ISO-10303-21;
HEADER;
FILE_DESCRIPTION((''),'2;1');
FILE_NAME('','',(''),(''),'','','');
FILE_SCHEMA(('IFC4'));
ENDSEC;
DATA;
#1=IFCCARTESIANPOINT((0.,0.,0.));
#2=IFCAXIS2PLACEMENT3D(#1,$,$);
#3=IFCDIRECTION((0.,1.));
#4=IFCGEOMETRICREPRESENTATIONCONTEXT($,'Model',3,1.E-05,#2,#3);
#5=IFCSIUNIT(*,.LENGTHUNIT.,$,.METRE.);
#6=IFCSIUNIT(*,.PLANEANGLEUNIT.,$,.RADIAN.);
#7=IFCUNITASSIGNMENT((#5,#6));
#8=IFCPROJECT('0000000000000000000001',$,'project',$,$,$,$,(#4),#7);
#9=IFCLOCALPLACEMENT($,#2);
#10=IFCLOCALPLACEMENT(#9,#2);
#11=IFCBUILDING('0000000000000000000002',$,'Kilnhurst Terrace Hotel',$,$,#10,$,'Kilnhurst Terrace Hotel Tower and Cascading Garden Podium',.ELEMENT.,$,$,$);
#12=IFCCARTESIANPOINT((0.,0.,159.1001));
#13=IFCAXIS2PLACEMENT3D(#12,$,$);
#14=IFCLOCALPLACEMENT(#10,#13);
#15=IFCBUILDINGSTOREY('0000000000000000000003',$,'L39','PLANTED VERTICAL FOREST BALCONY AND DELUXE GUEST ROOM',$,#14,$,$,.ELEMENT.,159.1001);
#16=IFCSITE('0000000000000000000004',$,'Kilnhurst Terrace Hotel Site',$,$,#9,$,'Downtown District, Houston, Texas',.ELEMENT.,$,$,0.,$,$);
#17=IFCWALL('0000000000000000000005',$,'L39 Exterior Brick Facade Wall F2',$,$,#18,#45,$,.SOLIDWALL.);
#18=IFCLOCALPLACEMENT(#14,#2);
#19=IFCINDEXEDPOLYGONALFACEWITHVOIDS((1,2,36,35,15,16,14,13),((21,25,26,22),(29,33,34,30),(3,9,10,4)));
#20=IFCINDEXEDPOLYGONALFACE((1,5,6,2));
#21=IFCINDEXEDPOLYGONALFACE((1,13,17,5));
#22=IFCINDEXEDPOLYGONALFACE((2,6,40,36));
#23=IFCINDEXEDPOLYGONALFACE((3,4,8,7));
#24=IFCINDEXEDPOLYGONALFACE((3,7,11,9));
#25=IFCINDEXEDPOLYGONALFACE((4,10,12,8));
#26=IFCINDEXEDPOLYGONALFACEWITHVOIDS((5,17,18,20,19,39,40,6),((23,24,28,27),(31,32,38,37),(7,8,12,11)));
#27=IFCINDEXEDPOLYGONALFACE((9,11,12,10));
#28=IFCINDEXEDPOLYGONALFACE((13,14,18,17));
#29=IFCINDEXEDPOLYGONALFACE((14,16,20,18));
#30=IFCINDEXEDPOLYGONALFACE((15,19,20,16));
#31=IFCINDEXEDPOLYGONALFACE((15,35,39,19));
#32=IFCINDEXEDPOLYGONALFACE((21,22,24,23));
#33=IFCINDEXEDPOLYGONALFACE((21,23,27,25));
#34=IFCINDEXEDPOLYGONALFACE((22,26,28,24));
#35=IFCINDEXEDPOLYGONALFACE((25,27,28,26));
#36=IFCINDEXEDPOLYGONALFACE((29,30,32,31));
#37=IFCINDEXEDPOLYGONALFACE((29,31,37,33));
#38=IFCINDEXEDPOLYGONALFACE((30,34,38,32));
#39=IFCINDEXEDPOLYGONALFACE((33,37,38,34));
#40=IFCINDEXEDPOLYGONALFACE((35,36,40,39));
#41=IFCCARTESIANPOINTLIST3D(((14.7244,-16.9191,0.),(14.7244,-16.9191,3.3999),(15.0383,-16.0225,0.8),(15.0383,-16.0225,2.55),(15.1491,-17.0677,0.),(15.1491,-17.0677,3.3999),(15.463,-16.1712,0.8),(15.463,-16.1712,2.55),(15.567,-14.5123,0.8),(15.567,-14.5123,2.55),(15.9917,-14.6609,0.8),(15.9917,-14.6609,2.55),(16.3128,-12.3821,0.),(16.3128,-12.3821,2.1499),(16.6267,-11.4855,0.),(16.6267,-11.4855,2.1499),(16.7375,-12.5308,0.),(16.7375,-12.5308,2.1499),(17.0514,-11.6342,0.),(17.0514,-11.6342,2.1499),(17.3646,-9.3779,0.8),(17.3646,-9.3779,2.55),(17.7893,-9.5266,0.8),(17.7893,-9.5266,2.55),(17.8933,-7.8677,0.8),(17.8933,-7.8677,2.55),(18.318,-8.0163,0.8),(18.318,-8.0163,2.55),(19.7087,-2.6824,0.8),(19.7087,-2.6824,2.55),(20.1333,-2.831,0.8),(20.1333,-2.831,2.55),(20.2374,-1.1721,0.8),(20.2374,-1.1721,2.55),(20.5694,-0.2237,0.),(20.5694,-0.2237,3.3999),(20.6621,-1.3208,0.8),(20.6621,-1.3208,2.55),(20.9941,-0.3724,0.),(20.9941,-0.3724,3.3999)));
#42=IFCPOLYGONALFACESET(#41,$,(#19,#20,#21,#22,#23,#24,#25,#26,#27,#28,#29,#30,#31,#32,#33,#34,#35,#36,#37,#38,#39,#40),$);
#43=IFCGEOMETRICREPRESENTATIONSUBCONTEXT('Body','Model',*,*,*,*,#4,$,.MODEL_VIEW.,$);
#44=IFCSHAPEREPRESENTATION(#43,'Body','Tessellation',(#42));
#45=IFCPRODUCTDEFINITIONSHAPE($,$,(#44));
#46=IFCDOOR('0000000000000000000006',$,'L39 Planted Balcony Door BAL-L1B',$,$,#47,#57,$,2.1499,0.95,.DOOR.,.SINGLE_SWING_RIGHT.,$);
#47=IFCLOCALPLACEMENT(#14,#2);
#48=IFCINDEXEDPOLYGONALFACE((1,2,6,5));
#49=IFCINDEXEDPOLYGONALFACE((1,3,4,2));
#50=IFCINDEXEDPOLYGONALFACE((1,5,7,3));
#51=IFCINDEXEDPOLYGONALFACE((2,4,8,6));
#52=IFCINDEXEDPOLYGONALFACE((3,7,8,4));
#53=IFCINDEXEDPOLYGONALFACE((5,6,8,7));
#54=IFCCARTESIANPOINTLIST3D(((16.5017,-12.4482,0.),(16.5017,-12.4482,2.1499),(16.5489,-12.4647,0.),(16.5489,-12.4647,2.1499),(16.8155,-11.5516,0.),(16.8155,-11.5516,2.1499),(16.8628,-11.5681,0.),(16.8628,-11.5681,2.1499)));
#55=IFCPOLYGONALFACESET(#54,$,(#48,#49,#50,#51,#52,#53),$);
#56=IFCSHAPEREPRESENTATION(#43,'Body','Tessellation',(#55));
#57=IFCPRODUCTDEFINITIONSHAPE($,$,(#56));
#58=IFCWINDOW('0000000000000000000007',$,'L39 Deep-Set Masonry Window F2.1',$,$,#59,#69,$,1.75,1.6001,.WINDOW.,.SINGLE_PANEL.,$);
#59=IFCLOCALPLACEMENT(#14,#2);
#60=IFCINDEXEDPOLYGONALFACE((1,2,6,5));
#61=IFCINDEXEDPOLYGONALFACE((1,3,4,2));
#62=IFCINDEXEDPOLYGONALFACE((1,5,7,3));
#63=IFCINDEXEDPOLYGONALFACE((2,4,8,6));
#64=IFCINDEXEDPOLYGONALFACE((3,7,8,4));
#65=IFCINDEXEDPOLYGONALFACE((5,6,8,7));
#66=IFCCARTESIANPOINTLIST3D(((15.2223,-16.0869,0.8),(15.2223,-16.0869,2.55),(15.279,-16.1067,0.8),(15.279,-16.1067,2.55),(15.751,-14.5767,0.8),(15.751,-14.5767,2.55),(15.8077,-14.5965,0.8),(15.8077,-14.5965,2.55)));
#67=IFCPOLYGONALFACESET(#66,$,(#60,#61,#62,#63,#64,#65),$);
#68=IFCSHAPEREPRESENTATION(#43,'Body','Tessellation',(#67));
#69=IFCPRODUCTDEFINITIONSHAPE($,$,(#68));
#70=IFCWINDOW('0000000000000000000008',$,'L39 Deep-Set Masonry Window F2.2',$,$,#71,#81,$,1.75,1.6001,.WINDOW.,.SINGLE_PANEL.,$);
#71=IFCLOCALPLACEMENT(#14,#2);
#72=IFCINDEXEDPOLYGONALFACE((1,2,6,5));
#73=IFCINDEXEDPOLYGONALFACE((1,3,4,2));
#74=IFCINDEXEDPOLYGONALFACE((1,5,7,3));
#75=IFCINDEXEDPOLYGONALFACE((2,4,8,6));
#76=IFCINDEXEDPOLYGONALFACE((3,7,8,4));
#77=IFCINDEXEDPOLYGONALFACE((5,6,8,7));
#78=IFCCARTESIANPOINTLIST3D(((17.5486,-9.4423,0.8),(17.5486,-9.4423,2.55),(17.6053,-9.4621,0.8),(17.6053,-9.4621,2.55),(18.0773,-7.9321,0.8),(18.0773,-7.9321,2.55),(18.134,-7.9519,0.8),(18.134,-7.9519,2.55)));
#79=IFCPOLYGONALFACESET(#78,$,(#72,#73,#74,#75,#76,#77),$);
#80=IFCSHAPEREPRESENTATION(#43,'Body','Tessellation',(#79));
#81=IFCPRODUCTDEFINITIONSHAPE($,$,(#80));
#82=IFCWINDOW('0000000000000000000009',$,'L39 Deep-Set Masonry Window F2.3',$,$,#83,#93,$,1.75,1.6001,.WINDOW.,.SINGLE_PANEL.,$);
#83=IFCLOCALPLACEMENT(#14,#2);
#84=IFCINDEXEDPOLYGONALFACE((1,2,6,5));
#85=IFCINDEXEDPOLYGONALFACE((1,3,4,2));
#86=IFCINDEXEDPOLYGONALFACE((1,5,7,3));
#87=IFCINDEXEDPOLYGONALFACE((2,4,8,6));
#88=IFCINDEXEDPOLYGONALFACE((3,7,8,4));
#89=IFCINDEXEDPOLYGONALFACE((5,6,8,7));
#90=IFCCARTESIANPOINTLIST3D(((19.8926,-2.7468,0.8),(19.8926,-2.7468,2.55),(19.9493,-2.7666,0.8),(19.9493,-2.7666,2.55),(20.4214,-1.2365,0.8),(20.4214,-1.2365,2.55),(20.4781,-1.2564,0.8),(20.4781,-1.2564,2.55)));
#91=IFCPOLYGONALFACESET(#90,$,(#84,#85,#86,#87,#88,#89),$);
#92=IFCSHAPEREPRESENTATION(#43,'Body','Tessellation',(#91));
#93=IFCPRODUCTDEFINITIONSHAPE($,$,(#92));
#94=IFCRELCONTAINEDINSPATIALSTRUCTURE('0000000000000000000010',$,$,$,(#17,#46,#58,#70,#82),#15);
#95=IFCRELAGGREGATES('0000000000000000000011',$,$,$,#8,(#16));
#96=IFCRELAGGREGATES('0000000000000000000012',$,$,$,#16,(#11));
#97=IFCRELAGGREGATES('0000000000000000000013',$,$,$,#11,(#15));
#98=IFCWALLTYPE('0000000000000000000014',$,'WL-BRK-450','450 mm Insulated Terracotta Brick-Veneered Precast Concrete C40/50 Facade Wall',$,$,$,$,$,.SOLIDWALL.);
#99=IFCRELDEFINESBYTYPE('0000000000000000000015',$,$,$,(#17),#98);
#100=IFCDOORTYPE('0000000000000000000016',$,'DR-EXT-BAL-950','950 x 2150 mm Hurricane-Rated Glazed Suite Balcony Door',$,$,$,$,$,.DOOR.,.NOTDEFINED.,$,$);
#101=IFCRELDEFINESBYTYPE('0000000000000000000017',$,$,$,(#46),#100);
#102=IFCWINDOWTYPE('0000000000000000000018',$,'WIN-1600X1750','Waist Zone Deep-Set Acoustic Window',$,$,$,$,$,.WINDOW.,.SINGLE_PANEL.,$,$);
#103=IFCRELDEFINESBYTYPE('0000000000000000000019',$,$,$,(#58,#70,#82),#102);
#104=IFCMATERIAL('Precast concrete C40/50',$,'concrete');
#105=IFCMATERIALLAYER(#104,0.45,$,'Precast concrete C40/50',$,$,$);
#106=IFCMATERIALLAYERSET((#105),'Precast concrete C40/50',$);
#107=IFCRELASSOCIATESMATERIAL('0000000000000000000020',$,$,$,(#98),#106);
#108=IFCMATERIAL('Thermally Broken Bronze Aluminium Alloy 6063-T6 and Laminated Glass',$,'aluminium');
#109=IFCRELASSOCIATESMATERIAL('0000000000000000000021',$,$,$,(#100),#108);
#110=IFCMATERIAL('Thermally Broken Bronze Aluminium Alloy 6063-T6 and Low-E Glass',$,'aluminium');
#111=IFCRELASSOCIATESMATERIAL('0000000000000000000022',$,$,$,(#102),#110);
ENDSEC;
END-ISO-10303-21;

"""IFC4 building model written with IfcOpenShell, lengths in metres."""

from ifc_helpers import new_model, si_unit, direction, frame, frame_2d, origin, place, context, subcontext, project, spatial, rectangle, extrude, material, layer, layer_set, type_object, element, fill, save


model = new_model("IFC4")

# Units and contexts
model_context = context("Model", 3, precision=1e-05, world=origin(), true_north=direction((0.0, 1.0)))
body_context = subcontext(model_context, "Body", "Model", "MODEL_VIEW")
ifc_project = project(units=[si_unit("LENGTHUNIT", "METRE"), si_unit("PLANEANGLEUNIT", "RADIAN")], contexts=[model_context])

# Site, building, storey
site_placement = place(None, origin())
site = spatial("IfcSite", under=ifc_project, at=site_placement, Name="Kilnhurst Terrace Hotel Site", LongName="Downtown District, Houston, Texas", CompositionType="ELEMENT", RefElevation=0.0)
building_placement = place(site_placement, origin())
building = spatial("IfcBuilding", under=site, at=building_placement, Name="Kilnhurst Terrace Hotel", LongName="Kilnhurst Terrace Hotel Tower and Cascading Garden Podium", CompositionType="ELEMENT")
storey_placement = place(building_placement, frame((0.0, 0.0, 159.1001)))
storey = spatial("IfcBuildingStorey", under=building, at=storey_placement, Name="L39", Description="PLANTED VERTICAL FOREST BALCONY AND DELUXE GUEST ROOM", CompositionType="ELEMENT", Elevation=159.1001)

# Shared definitions
ifc_material_1 = material(Name="Precast concrete C40/50", Category="concrete")
ifc_layer_1 = layer(ifc_material_1, 0.45, Name="Precast concrete C40/50")
ifc_layer_set_1 = layer_set([ifc_layer_1], Name="Precast concrete C40/50")
wall_type_1 = type_object("IfcWallType", Name="WL-BRK-450", Description="450 mm Insulated Terracotta Brick-Veneered Precast Concrete C40/50 Facade Wall", PredefinedType="SOLIDWALL", material=ifc_layer_set_1)

# Wall, openings, door, windows
wall_1_placement = place(storey_placement, frame((14.9368, -16.9934, 0.0), z_axis=(0.0, 0.0, 1.0), x_axis=(0.330432, 0.94383, 0.0)))
wall_1 = element("IfcWall", 1, at=wall_1_placement, inside=storey, type_object=wall_type_1, Name="L39 Exterior Brick Facade Wall F2", PredefinedType="SOLIDWALL", context=body_context, shape_type="SweptSolid", body=[
    extrude(rectangle(XDim=17.689, YDim=0.45, at=frame_2d((8.8445, 0.0))), origin(), (0.0, 0.0, 1.0), 3.3999),
])
opening_1_placement = place(wall_1_placement, frame((4.8069, 0.0, 0.0)))
opening_1 = element("IfcOpeningElement", 2, at=opening_1_placement, cuts=wall_1, PredefinedType="OPENING", context=body_context, shape_type="SweptSolid", body=[
    extrude(rectangle(XDim=0.95, YDim=2.1499, at=frame_2d((0.4751, 1.075))), frame((0.0, 0.2349, 0.0), z_axis=(0.0, -1.0, 0.0), x_axis=(1.0, 0.0, 0.0)), (0.0, 0.0, 1.0), 0.47),
])
opening_2_placement = place(wall_1_placement, frame((0.95, 0.0, 0.8)))
opening_2 = element("IfcOpeningElement", 3, at=opening_2_placement, cuts=wall_1, PredefinedType="OPENING", context=body_context, shape_type="SweptSolid", body=[
    extrude(rectangle(XDim=1.6001, YDim=1.75, at=frame_2d((0.8, 0.875))), frame((0.0, 0.2349, 0.0), z_axis=(0.0, -1.0, 0.0), x_axis=(1.0, 0.0, 0.0)), (0.0, 0.0, 1.0), 0.47),
])
opening_3_placement = place(wall_1_placement, frame((7.99, 0.0, 0.8)))
opening_3 = element("IfcOpeningElement", 4, at=opening_3_placement, cuts=wall_1, PredefinedType="OPENING", context=body_context, shape_type="SweptSolid", body=[
    extrude(rectangle(XDim=1.6001, YDim=1.75, at=frame_2d((0.8, 0.875))), frame((0.0, 0.2349, 0.0), z_axis=(0.0, -1.0, 0.0), x_axis=(1.0, 0.0, 0.0)), (0.0, 0.0, 1.0), 0.47),
])
opening_4_placement = place(wall_1_placement, frame((15.084, 0.0, 0.8)))
opening_4 = element("IfcOpeningElement", 5, at=opening_4_placement, cuts=wall_1, PredefinedType="OPENING", context=body_context, shape_type="SweptSolid", body=[
    extrude(rectangle(XDim=1.6001, YDim=1.75, at=frame_2d((0.8, 0.875))), frame((0.0, 0.2349, 0.0), z_axis=(0.0, -1.0, 0.0), x_axis=(1.0, 0.0, 0.0)), (0.0, 0.0, 1.0), 0.47),
])
ifc_material_2 = material(Name="Thermally Broken Bronze Aluminium Alloy 6063-T6 and Laminated Glass", Category="aluminium")
door_type_1 = type_object("IfcDoorType", Name="DR-EXT-BAL-950", Description="950 x 2150 mm Hurricane-Rated Glazed Suite Balcony Door", OperationType="NOTDEFINED", PredefinedType="DOOR", material=ifc_material_2)
door_1_placement = place(opening_1_placement, origin())
door_1 = element("IfcDoor", 6, at=door_1_placement, inside=storey, type_object=door_type_1, Name="L39 Planted Balcony Door BAL-L1B", OperationType="SINGLE_SWING_RIGHT", OverallHeight=2.1499, OverallWidth=0.95, PredefinedType="DOOR", context=body_context, shape_type="SweptSolid", body=[
    extrude(rectangle(XDim=0.95, YDim=2.1499, at=frame_2d((0.4751, 1.075))), frame((0.0, 0.0249, 0.0), z_axis=(0.0, -1.0, 0.0), x_axis=(1.0, 0.0, 0.0)), (0.0, 0.0, 1.0), 0.05),
])
fill(opening_1, door_1)
ifc_material_3 = material(Name="Thermally Broken Bronze Aluminium Alloy 6063-T6 and Low-E Glass", Category="aluminium")
window_type = type_object("IfcWindowType", Name="WIN-1600X1750", Description="Waist Zone Deep-Set Acoustic Window", PartitioningType="SINGLE_PANEL", PredefinedType="WINDOW", material=ifc_material_3)
window_1_placement = place(opening_2_placement, origin())
window_1 = element("IfcWindow", 7, at=window_1_placement, inside=storey, type_object=window_type, Name="L39 Deep-Set Masonry Window F2.1", OverallHeight=1.75, OverallWidth=1.6001, PartitioningType="SINGLE_PANEL", PredefinedType="WINDOW", context=body_context, shape_type="SweptSolid", body=[
    extrude(rectangle(XDim=1.6001, YDim=1.75, at=frame_2d((0.8, 0.875))), frame((0.0, 0.03, 0.0), z_axis=(0.0, -1.0, 0.0), x_axis=(1.0, 0.0, 0.0)), (0.0, 0.0, 1.0), 0.0601),
])
fill(opening_2, window_1)
window_2_placement = place(opening_3_placement, origin())
window_2 = element("IfcWindow", 8, at=window_2_placement, inside=storey, type_object=window_type, Name="L39 Deep-Set Masonry Window F2.2", OverallHeight=1.75, OverallWidth=1.6001, PartitioningType="SINGLE_PANEL", PredefinedType="WINDOW", context=body_context, shape_type="SweptSolid", body=[
    extrude(rectangle(XDim=1.6001, YDim=1.75, at=frame_2d((0.8, 0.875))), frame((0.0, 0.03, 0.0), z_axis=(0.0, -1.0, 0.0), x_axis=(1.0, 0.0, 0.0)), (0.0, 0.0, 1.0), 0.0601),
])
fill(opening_3, window_2)
window_3_placement = place(opening_4_placement, origin())
window_3 = element("IfcWindow", 9, at=window_3_placement, inside=storey, type_object=window_type, Name="L39 Deep-Set Masonry Window F2.3", OverallHeight=1.75, OverallWidth=1.6001, PartitioningType="SINGLE_PANEL", PredefinedType="WINDOW", context=body_context, shape_type="SweptSolid", body=[
    extrude(rectangle(XDim=1.6001, YDim=1.75, at=frame_2d((0.8, 0.875))), frame((0.0, 0.03, 0.0), z_axis=(0.0, -1.0, 0.0), x_axis=(1.0, 0.0, 0.0)), (0.0, 0.0, 1.0), 0.0601),
])
fill(opening_4, window_3)

save(model, "model.ifc")
